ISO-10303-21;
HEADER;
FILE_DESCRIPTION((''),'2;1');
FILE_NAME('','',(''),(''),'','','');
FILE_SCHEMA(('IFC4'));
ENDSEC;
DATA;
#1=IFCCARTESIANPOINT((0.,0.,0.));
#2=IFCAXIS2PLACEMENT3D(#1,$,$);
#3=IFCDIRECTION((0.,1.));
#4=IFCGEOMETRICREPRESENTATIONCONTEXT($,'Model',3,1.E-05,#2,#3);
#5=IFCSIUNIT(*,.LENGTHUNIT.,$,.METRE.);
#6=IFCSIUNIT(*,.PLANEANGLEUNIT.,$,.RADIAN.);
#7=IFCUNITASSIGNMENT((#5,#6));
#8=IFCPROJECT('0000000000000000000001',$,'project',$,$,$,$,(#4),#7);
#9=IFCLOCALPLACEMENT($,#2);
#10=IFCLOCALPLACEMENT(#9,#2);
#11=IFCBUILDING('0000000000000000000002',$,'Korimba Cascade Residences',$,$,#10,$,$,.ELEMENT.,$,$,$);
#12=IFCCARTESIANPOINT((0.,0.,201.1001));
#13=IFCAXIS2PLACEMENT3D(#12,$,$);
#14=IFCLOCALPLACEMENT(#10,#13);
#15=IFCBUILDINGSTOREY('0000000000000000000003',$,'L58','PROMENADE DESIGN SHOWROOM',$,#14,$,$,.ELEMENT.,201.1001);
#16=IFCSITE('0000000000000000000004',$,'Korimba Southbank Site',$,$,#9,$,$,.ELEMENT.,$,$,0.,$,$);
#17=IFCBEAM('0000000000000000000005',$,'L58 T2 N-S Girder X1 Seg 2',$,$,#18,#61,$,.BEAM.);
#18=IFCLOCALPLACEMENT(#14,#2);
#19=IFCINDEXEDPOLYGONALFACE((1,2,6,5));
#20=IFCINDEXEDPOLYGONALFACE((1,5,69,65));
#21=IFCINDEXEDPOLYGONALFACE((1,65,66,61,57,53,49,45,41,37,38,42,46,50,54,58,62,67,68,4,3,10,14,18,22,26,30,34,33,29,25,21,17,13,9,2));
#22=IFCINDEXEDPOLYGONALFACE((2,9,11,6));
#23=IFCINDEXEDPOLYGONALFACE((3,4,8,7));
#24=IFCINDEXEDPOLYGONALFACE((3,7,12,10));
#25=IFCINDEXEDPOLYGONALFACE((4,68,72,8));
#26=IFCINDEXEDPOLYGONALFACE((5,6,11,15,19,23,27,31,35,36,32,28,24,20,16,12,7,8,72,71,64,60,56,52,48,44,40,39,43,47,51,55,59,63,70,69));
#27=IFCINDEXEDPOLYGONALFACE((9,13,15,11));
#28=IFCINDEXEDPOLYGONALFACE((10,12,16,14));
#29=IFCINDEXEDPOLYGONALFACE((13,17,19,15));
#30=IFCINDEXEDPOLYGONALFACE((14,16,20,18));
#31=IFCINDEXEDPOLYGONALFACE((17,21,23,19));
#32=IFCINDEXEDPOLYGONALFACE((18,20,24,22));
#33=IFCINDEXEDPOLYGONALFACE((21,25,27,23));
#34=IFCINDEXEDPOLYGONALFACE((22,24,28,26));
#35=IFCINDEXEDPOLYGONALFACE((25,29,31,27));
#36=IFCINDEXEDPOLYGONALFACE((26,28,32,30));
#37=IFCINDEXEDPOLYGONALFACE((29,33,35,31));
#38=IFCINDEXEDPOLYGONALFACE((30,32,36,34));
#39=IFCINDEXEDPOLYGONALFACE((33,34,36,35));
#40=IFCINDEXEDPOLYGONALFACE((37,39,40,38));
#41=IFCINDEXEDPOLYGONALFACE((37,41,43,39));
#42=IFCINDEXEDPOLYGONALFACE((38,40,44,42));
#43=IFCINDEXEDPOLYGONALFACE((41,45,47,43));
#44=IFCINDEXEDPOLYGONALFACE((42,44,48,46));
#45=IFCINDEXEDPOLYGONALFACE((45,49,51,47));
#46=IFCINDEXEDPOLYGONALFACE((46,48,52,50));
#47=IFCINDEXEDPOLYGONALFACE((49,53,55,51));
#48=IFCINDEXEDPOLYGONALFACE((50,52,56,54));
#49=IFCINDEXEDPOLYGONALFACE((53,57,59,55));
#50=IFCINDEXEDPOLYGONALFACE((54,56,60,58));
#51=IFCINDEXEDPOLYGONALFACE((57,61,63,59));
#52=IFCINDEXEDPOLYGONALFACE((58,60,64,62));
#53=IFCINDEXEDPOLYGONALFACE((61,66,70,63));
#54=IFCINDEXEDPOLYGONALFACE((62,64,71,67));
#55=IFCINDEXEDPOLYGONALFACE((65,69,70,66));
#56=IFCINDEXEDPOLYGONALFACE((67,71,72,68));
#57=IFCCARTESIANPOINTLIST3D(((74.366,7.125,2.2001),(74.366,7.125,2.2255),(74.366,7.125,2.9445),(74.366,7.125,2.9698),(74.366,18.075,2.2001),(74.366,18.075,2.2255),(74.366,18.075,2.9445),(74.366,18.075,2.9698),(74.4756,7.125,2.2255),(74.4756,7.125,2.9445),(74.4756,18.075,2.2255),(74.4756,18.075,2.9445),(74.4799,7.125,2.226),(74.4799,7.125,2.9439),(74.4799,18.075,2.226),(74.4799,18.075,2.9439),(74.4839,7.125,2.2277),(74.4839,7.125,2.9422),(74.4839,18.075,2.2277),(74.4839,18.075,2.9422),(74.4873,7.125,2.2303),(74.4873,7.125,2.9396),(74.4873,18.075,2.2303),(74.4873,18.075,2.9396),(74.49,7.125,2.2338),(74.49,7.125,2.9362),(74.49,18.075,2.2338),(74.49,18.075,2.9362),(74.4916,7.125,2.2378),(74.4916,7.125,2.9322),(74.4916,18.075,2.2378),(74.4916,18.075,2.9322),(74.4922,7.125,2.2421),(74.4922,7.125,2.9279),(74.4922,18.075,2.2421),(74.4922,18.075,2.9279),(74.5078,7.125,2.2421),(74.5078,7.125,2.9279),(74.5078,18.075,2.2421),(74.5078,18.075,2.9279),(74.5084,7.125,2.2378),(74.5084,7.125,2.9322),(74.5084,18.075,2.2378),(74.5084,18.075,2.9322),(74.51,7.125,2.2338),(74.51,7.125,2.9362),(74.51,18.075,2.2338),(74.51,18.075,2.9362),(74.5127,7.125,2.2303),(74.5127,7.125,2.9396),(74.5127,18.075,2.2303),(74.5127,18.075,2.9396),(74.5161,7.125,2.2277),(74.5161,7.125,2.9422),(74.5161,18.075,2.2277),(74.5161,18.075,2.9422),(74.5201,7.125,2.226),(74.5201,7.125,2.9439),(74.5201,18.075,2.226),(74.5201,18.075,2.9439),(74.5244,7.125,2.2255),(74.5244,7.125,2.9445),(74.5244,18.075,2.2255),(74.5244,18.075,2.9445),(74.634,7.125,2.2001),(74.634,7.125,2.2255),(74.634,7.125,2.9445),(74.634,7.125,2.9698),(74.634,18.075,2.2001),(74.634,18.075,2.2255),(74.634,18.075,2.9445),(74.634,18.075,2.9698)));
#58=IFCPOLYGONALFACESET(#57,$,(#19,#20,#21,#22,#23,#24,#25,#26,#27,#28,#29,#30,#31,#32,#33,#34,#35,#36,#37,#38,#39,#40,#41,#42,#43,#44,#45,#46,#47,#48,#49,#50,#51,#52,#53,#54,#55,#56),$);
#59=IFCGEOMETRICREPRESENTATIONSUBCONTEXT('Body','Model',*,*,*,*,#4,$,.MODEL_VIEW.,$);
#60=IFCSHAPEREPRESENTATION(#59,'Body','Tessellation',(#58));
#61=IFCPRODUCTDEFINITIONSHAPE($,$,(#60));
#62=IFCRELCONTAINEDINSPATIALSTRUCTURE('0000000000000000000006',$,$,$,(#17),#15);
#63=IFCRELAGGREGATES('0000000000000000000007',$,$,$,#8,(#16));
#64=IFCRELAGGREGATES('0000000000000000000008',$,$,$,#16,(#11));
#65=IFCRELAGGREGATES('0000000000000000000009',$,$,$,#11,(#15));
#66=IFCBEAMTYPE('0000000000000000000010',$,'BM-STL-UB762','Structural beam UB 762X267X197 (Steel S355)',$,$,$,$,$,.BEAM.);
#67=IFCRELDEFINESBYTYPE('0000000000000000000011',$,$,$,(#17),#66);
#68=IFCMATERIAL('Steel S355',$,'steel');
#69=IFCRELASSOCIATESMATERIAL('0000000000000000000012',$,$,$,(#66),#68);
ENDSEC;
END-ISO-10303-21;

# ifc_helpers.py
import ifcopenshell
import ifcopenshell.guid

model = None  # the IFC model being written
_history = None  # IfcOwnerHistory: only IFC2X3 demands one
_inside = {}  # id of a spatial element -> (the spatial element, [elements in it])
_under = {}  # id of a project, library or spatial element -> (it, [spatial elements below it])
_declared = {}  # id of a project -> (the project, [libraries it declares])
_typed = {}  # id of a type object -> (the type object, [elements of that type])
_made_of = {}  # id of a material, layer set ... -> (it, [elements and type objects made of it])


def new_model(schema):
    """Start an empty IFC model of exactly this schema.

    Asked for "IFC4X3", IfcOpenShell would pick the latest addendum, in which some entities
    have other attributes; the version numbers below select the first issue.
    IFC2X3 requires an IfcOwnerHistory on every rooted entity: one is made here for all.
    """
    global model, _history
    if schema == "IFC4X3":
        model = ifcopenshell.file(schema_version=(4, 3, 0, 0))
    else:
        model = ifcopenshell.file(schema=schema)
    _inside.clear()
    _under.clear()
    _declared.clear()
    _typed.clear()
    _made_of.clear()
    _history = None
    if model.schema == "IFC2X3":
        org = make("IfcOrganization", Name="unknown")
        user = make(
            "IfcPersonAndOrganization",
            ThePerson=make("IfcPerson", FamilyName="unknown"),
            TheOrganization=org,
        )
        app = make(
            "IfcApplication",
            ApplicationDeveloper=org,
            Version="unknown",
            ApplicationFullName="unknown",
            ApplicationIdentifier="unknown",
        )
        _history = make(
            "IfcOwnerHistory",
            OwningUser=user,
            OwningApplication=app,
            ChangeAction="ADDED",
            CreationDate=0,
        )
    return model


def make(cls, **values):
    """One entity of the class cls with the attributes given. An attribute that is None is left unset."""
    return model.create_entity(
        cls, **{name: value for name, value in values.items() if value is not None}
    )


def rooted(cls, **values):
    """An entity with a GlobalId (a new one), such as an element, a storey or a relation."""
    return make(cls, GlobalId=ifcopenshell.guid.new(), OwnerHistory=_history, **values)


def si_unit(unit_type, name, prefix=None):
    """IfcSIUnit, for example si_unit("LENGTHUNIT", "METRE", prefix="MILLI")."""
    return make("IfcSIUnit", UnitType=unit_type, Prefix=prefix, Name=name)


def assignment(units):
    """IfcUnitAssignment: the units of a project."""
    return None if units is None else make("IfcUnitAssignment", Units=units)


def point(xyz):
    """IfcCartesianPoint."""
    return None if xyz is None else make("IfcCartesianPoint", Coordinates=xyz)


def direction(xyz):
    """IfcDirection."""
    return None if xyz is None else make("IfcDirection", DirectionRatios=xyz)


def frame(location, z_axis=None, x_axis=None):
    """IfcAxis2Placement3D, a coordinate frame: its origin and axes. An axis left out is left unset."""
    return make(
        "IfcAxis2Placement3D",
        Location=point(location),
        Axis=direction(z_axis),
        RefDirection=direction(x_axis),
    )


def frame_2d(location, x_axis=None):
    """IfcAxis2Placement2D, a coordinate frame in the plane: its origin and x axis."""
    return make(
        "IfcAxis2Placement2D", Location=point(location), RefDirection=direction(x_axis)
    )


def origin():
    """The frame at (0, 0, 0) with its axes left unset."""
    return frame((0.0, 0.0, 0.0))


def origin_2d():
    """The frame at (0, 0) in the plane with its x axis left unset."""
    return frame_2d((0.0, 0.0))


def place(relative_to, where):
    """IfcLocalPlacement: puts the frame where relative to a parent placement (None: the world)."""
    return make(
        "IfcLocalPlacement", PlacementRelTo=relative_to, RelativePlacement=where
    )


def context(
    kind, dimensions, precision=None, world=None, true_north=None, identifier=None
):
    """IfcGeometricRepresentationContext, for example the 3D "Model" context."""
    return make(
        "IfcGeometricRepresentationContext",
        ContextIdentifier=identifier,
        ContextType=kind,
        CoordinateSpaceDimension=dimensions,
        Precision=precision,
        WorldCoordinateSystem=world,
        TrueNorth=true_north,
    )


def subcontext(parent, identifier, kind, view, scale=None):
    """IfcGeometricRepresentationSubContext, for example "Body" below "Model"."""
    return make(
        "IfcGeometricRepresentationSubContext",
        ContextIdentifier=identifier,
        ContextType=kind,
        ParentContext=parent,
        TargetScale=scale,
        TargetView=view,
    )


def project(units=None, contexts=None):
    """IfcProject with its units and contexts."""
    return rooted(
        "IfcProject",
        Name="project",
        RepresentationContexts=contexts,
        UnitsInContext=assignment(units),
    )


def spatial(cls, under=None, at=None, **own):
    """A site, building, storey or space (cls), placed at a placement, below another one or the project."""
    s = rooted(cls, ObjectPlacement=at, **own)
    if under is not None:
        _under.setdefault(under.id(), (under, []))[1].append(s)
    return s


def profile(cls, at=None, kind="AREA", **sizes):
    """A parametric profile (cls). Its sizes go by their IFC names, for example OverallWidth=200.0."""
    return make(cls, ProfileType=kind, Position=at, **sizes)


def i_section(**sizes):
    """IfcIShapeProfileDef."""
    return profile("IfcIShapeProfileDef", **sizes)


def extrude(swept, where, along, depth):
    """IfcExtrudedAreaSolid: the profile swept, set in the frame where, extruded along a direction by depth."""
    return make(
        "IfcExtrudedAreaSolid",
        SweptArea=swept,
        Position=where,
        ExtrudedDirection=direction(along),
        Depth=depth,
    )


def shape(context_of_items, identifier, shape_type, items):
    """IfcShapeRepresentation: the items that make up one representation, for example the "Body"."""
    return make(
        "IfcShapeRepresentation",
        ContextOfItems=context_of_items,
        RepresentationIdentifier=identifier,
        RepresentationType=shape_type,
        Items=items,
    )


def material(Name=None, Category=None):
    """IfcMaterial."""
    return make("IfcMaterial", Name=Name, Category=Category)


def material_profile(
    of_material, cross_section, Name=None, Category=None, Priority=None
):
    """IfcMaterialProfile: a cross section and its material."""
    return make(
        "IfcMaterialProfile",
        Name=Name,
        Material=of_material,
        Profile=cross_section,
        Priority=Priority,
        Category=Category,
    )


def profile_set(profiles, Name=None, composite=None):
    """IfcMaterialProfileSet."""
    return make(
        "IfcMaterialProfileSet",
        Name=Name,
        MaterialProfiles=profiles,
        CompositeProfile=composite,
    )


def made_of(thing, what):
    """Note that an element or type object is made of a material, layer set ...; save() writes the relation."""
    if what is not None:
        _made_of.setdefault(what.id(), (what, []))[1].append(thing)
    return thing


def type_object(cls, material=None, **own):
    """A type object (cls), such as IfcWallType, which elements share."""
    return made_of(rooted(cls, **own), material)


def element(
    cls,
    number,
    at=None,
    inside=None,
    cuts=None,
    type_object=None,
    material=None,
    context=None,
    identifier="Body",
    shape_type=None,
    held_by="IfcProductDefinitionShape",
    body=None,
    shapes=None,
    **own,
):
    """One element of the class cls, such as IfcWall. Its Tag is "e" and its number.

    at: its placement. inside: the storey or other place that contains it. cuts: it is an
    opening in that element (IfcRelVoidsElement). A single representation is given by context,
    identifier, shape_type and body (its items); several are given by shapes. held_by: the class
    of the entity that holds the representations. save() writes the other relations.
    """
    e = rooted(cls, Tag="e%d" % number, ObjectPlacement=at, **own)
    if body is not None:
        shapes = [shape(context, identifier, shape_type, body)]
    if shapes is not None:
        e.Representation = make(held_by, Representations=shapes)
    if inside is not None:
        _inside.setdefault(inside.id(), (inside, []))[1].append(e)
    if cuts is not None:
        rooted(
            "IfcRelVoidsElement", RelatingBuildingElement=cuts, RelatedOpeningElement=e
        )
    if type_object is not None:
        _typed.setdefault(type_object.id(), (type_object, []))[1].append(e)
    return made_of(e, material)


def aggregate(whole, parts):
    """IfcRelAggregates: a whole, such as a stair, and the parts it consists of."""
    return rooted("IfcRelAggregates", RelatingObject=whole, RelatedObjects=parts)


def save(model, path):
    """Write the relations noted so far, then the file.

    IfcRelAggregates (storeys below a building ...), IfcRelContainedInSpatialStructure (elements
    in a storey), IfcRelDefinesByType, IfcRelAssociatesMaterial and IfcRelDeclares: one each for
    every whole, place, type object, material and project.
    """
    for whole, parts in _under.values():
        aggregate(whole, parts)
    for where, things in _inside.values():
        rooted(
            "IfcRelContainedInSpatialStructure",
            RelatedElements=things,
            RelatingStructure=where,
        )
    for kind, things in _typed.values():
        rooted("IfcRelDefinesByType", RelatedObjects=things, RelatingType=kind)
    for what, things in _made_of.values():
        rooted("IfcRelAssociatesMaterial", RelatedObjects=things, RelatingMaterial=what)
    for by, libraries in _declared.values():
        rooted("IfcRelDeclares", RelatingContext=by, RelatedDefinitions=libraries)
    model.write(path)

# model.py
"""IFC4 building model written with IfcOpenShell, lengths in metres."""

from ifc_helpers import new_model, si_unit, direction, frame, origin, origin_2d, place, context, subcontext, project, spatial, i_section, extrude, material, material_profile, profile_set, type_object, element, save


model = new_model("IFC4")

# Units and contexts
model_context = context("Model", 3, precision=1e-05, world=origin(), true_north=direction((0.0, 1.0)))
body_context = subcontext(model_context, "Body", "Model", "MODEL_VIEW")
ifc_project = project(units=[si_unit("LENGTHUNIT", "METRE"), si_unit("PLANEANGLEUNIT", "RADIAN")], contexts=[model_context])

# Site, building, storey
site_placement = place(None, origin())
site = spatial("IfcSite", under=ifc_project, at=site_placement, Name="Korimba Southbank Site", CompositionType="ELEMENT", RefElevation=0.0)
building_placement = place(site_placement, origin())
building = spatial("IfcBuilding", under=site, at=building_placement, Name="Korimba Cascade Residences", CompositionType="ELEMENT")
storey_placement = place(building_placement, frame((0.0, 0.0, 201.1001)))
storey = spatial("IfcBuildingStorey", under=building, at=storey_placement, Name="L58", Description="PROMENADE DESIGN SHOWROOM", CompositionType="ELEMENT", Elevation=201.1001)

# Beam
ifc_material_1 = material(Name="Steel S355", Category="steel")
ifc_material_profile_1 = material_profile(ifc_material_1, i_section(OverallWidth=0.2681, OverallDepth=0.7698, WebThickness=0.0156, FlangeThickness=0.0254, FilletRadius=0.0166, at=origin_2d()), Name="Steel S355")
ifc_profile_set_1 = profile_set([ifc_material_profile_1], Name="Steel S355")
beam_type_1 = type_object("IfcBeamType", Name="BM-STL-UB762", Description="Structural beam UB 762X267X197 (Steel S355)", PredefinedType="BEAM", material=ifc_profile_set_1)
beam_1_placement = place(storey_placement, frame((74.5, 7.125, 2.585), z_axis=(0.0, 1.0, 0.0), x_axis=(-1.0, 0.0, 0.0)))
element("IfcBeam", 1, at=beam_1_placement, inside=storey, type_object=beam_type_1, Name="L58 T2 N-S Girder X1 Seg 2", PredefinedType="BEAM", context=body_context, shape_type="SweptSolid", body=[
    extrude(i_section(OverallWidth=0.2681, OverallDepth=0.7698, WebThickness=0.0156, FlangeThickness=0.0254, FilletRadius=0.0166, at=origin_2d()), origin(), (0.0, 0.0, 1.0), 10.95),
])

save(model, "model.ifc")
